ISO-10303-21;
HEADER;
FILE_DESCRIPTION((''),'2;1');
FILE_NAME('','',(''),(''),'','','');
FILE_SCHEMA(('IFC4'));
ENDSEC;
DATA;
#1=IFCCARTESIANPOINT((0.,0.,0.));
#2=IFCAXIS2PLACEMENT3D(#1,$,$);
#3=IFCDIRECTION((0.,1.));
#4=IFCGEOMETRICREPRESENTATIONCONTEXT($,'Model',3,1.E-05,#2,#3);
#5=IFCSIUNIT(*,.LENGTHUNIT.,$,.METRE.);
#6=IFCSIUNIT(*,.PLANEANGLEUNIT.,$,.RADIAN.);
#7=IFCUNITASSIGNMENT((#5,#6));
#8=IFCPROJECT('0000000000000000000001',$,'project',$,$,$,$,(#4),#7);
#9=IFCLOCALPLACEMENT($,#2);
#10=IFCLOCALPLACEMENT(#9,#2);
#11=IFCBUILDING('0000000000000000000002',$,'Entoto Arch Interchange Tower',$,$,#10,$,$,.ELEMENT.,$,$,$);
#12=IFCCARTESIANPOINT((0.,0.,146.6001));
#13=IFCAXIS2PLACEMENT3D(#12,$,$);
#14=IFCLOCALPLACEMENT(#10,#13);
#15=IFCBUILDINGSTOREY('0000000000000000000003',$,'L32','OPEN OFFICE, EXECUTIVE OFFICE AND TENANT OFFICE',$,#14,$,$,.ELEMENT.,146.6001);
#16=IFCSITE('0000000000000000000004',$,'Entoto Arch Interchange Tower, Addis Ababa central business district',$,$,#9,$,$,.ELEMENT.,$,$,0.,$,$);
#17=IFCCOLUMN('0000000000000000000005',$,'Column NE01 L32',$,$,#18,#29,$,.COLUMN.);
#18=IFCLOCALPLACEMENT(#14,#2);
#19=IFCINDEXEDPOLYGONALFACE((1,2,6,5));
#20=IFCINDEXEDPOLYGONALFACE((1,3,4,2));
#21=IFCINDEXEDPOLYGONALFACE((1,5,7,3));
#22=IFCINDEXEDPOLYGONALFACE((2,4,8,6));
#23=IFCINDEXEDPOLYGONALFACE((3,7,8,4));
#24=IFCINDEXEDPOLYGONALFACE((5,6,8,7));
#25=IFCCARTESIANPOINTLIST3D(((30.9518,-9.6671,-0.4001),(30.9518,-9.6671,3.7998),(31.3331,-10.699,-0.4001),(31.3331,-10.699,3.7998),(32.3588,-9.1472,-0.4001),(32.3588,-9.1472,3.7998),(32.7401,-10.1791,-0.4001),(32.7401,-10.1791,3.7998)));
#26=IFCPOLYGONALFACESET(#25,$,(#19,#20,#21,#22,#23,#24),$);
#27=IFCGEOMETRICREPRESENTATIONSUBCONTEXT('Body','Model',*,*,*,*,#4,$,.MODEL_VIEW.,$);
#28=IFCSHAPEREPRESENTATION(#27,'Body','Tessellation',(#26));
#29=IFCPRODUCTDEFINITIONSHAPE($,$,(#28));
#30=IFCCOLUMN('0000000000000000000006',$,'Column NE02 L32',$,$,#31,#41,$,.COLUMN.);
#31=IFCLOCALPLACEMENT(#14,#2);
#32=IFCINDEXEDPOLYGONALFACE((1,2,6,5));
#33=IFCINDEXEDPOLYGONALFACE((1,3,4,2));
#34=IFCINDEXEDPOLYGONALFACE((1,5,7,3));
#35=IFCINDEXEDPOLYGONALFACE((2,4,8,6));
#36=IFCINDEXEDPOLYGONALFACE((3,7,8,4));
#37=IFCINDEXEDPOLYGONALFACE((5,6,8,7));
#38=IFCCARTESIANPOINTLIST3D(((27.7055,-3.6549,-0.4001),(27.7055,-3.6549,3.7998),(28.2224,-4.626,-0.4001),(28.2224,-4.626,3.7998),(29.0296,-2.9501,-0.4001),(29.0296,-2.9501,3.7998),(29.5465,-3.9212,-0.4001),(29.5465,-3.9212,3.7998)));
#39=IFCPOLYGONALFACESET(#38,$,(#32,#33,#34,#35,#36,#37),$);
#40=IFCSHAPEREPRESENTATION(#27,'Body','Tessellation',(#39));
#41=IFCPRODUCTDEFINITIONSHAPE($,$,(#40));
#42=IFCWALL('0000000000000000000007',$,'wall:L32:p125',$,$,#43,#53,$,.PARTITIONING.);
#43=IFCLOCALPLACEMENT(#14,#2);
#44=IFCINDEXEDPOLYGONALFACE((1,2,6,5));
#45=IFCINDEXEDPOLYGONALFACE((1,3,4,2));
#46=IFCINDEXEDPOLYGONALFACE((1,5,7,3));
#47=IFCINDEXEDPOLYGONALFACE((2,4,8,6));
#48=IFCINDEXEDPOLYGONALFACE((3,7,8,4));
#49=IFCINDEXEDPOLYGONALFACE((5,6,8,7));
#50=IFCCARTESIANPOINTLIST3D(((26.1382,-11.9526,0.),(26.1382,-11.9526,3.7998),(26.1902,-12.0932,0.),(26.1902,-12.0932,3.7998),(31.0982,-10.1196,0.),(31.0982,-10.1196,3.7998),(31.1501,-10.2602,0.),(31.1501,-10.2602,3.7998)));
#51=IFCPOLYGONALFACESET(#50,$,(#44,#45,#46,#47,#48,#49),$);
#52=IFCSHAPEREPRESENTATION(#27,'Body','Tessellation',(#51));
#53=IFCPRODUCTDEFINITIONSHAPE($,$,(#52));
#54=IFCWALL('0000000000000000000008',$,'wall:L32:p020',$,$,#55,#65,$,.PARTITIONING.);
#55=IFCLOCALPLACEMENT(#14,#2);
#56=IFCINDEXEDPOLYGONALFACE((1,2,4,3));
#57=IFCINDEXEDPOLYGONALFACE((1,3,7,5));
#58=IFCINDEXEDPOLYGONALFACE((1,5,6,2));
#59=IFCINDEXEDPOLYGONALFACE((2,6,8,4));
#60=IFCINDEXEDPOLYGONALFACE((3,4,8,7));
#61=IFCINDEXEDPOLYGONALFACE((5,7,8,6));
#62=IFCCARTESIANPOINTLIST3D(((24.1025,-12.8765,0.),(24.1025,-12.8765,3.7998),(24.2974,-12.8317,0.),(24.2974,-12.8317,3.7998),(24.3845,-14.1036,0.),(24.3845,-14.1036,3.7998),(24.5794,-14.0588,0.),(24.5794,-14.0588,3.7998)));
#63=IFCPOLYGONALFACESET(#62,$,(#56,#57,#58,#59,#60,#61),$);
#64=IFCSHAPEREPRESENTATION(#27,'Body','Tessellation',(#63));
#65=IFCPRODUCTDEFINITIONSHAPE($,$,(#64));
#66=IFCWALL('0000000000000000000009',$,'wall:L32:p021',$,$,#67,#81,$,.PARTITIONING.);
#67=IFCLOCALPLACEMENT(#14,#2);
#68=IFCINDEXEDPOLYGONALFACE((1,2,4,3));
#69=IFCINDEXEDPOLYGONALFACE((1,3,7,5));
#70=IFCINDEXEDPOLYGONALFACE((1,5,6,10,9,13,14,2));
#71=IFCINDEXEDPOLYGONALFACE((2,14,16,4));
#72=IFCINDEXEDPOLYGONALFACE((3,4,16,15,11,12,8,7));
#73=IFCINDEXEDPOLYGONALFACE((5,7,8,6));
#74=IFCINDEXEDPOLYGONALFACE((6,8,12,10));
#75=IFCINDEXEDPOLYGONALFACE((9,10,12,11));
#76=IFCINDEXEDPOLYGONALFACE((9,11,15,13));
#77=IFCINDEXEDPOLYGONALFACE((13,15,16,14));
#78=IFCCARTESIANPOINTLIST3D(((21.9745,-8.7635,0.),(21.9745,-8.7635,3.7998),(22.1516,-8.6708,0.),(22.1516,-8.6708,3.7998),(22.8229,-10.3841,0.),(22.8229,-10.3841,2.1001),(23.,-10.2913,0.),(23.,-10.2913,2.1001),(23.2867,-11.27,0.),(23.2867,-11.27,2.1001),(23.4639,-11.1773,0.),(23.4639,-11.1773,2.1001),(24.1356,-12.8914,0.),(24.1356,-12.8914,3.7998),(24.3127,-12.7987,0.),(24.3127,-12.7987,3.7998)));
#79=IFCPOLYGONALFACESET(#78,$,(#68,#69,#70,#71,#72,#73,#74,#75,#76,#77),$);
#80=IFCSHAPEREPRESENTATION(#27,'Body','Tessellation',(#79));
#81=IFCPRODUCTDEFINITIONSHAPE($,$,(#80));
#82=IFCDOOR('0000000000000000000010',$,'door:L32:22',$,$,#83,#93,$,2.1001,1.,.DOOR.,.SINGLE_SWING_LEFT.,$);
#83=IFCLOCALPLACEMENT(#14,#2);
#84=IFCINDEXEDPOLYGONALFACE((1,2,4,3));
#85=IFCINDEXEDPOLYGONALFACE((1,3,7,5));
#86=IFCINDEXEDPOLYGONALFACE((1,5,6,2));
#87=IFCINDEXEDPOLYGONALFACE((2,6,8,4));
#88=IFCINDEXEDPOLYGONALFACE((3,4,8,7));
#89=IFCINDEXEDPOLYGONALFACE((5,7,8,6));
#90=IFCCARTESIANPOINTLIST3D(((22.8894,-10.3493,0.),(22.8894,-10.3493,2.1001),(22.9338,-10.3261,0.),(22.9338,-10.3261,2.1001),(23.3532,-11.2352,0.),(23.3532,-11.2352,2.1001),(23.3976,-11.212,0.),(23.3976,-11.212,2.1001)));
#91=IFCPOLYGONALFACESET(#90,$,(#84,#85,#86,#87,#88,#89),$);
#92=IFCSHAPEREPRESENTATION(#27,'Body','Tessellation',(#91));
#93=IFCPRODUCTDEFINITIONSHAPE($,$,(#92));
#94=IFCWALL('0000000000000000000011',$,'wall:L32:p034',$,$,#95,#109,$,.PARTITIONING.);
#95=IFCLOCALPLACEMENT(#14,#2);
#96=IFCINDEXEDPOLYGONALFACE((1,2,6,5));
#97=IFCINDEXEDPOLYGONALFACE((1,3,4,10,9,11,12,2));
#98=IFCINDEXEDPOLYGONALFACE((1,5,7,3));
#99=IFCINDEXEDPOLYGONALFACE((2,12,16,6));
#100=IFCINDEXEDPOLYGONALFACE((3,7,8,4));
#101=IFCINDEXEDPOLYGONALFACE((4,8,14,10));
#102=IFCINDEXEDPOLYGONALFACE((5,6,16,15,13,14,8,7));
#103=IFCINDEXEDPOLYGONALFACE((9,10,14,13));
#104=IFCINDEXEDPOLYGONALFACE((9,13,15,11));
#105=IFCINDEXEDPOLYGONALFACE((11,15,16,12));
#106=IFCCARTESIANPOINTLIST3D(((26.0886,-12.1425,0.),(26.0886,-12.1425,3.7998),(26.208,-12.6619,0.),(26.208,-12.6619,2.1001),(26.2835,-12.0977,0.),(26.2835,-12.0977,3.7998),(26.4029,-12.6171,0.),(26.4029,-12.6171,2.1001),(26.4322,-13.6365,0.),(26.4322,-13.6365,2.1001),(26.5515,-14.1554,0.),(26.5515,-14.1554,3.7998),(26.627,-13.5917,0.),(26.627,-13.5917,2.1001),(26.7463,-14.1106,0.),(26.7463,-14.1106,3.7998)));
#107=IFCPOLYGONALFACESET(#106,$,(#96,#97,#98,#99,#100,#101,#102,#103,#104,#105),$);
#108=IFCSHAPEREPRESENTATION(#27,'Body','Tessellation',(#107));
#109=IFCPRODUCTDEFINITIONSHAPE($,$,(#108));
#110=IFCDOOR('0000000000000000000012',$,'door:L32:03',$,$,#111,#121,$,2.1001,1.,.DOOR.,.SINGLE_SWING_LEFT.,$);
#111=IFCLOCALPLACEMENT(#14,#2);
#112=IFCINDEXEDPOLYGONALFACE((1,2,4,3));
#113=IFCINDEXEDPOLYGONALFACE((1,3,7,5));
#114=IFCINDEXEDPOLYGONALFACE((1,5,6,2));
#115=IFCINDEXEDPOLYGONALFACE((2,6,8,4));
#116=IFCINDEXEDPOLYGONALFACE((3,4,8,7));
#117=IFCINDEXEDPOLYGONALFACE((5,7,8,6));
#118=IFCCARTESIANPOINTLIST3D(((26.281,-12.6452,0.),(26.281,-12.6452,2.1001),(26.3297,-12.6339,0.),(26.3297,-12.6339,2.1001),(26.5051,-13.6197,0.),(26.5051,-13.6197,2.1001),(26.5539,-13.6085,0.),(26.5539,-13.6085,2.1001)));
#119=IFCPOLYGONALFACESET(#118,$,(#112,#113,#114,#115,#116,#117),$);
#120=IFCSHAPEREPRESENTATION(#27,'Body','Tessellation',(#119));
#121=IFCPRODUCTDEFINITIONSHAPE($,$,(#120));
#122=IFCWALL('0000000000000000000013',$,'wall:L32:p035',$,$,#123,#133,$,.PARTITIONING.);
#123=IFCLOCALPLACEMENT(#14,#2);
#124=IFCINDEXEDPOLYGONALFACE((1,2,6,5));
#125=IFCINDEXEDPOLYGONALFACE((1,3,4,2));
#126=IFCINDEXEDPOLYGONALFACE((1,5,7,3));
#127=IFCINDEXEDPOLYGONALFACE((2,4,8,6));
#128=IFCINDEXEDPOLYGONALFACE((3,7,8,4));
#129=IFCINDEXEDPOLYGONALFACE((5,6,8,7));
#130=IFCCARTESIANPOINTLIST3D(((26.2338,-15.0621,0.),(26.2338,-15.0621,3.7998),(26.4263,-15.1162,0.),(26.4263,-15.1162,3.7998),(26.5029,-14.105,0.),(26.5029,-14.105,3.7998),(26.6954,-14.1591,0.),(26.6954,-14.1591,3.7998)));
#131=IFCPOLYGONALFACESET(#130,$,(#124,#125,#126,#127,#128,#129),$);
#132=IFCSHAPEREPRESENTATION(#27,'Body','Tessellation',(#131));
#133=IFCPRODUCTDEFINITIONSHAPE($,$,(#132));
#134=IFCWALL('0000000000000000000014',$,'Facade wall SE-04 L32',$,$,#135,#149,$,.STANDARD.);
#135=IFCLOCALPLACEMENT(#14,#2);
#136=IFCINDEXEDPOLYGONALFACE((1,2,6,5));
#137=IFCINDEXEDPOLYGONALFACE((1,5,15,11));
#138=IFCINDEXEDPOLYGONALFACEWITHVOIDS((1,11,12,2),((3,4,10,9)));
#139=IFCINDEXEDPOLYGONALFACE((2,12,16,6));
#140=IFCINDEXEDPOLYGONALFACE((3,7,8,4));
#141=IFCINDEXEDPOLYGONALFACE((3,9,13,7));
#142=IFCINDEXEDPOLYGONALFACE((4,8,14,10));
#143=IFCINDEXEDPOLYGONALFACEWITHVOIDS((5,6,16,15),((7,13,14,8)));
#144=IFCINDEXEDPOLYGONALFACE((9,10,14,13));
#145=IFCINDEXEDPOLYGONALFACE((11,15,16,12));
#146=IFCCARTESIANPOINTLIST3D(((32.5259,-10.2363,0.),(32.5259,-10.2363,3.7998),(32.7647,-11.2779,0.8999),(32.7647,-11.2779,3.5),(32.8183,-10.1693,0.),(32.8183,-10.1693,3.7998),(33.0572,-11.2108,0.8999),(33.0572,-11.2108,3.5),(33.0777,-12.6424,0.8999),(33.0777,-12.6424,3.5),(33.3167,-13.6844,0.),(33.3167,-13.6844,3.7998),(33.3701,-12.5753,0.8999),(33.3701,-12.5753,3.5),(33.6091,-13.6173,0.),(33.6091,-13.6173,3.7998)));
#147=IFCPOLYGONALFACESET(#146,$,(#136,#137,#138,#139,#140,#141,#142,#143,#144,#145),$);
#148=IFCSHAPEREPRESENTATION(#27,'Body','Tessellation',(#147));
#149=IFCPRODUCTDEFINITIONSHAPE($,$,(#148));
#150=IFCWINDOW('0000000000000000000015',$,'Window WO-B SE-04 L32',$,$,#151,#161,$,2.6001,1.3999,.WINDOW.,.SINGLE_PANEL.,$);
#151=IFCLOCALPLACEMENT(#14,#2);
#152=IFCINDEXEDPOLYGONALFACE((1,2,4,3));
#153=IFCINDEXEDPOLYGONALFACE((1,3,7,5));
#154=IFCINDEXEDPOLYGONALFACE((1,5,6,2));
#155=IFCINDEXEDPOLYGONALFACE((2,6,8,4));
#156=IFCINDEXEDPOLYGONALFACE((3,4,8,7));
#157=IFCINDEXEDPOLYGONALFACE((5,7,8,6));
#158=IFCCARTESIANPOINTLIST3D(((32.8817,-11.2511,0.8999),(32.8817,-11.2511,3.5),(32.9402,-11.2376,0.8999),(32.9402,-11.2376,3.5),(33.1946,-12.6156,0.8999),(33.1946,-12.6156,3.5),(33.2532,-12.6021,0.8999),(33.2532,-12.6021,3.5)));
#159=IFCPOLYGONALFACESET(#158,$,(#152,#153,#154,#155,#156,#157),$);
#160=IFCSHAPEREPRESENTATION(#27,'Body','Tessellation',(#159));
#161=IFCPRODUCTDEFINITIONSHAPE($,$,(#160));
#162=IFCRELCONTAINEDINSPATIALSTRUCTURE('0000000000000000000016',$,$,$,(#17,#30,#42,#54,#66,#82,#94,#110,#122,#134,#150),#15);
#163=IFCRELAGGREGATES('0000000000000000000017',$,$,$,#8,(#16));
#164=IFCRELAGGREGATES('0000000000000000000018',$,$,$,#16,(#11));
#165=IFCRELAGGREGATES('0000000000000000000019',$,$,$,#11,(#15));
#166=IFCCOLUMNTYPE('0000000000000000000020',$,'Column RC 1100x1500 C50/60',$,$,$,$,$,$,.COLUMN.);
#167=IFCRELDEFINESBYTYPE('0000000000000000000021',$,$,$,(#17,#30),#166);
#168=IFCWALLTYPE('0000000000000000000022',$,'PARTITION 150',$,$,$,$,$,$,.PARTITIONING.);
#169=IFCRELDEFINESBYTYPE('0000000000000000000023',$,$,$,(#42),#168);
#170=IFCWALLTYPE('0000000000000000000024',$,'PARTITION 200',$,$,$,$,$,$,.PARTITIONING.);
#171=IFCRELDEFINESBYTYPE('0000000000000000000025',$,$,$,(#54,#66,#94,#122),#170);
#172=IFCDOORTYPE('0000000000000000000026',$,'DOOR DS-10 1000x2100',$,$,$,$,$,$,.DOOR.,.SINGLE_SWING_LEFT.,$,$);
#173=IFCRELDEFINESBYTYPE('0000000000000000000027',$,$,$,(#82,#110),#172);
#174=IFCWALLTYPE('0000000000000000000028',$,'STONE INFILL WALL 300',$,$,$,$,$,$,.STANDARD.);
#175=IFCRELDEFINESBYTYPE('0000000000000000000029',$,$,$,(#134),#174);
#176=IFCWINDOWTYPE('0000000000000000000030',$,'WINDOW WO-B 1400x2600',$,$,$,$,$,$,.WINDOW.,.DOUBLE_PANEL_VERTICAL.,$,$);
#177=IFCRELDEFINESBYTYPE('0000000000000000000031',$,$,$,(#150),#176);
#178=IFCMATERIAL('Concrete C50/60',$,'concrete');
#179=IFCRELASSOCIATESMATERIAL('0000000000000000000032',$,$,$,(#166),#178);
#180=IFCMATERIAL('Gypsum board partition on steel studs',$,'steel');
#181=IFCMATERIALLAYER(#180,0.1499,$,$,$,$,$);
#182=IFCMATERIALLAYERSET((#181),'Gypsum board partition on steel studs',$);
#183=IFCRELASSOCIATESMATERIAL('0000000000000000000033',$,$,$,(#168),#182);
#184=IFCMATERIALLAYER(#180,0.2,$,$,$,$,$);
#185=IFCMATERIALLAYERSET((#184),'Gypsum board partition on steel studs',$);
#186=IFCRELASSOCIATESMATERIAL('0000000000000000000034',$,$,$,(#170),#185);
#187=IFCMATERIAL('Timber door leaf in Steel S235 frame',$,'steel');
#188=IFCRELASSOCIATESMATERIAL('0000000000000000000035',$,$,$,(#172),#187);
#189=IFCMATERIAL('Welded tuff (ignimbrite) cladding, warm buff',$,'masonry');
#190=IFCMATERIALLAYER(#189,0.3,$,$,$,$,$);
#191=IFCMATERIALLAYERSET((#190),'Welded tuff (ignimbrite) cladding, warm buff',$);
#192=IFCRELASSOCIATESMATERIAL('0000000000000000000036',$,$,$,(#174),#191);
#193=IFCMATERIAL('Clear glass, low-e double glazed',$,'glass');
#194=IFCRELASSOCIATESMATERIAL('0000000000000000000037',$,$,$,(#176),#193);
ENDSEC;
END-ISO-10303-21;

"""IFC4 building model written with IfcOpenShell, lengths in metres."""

from ifc_helpers import new_model, si_unit, direction, frame, frame_2d, origin, origin_2d, place, context, subcontext, project, spatial, rectangle, extrude, material, layer, layer_set, material_profile, profile_set, type_object, element, fill, save


model = new_model("IFC4")

# Units and contexts
model_context = context("Model", 3, precision=1e-05, world=origin(), true_north=direction((0.0, 1.0)))
body_context = subcontext(model_context, "Body", "Model", "MODEL_VIEW")
ifc_project = project(units=[si_unit("LENGTHUNIT", "METRE"), si_unit("PLANEANGLEUNIT", "RADIAN")], contexts=[model_context])

# Site, building, storey
site_placement = place(None, origin())
site = spatial("IfcSite", under=ifc_project, at=site_placement, Name="Entoto Arch Interchange Tower, Addis Ababa central business district", CompositionType="ELEMENT", RefElevation=0.0)
building_placement = place(site_placement, origin())
building = spatial("IfcBuilding", under=site, at=building_placement, Name="Entoto Arch Interchange Tower", CompositionType="ELEMENT")
storey_placement = place(building_placement, frame((0.0, 0.0, 146.6001)))
storey = spatial("IfcBuildingStorey", under=building, at=storey_placement, Name="L32", Description="OPEN OFFICE, EXECUTIVE OFFICE AND TENANT OFFICE", CompositionType="ELEMENT", Elevation=146.6001)

# Columns
ifc_material_1 = material(Name="Concrete C50/60", Category="concrete")
ifc_material_profile = material_profile(ifc_material_1, rectangle(XDim=1.1001, YDim=1.5, at=origin_2d()))
ifc_profile_set = profile_set([ifc_material_profile], Name="Concrete C50/60")
column_type = type_object("IfcColumnType", Name="Column RC 1100x1500 C50/60", PredefinedType="COLUMN", material=ifc_profile_set)
for number, where, z_axis, x_axis, name in (
    (1, (31.8459, -9.9231, -0.4001), (0.0, 0.0, 1.0), (-0.346592, 0.938016, 0.0), "Column NE01 L32"),
    (2, (28.626, -3.7881, -0.4001), (0.0, 0.0, 1.0), (-0.469857, 0.882743, 0.0), "Column NE02 L32"),
):
    element("IfcColumn", number, at=place(storey_placement, frame(where, z_axis=z_axis, x_axis=x_axis)), inside=storey, type_object=column_type, Name=name, PredefinedType="COLUMN", context=body_context, shape_type="SweptSolid", body=[
        extrude(rectangle(XDim=1.1001, YDim=1.5, at=origin_2d()), origin(), (0.0, 0.0, 1.0), 4.2),
    ])

# Walls
ifc_material_2 = material(Name="Gypsum board partition on steel studs", Category="steel")
ifc_layer_1 = layer(ifc_material_2, 0.1499)
ifc_layer_set_1 = layer_set([ifc_layer_1], Name="Gypsum board partition on steel studs")
wall_type_1 = type_object("IfcWallType", Name="PARTITION 150", PredefinedType="PARTITIONING", material=ifc_layer_set_1)
wall_1_placement = place(storey_placement, frame((26.1641, -12.0229, 0.0), z_axis=(0.0, 0.0, 1.0), x_axis=(0.937996, 0.346647, 0.0)))
element("IfcWall", 3, at=wall_1_placement, inside=storey, type_object=wall_type_1, Name="wall:L32:p125", PredefinedType="PARTITIONING", context=body_context, shape_type="SweptSolid", body=[
    extrude(rectangle(XDim=5.2878, YDim=0.1499, at=frame_2d((2.644, 0.0))), origin(), (0.0, 0.0, 1.0), 3.7998),
])
ifc_layer_2 = layer(ifc_material_2, 0.2)
ifc_layer_set_2 = layer_set([ifc_layer_2], Name="Gypsum board partition on steel studs")
wall_type_2 = type_object("IfcWallType", Name="PARTITION 200", PredefinedType="PARTITIONING", material=ifc_layer_set_2)
wall_2_placement = place(storey_placement, frame((24.4819, -14.0811, 0.0), z_axis=(0.0, 0.0, 1.0), x_axis=(-0.223967, 0.974597, 0.0)))
element("IfcWall", 4, at=wall_2_placement, inside=storey, type_object=wall_type_2, Name="wall:L32:p020", PredefinedType="PARTITIONING", context=body_context, shape_type="SweptSolid", body=[
    extrude(rectangle(XDim=1.259, YDim=0.2, at=frame_2d((0.6294, 0.0))), origin(), (0.0, 0.0, 1.0), 3.7998),
])

# Walls, openings, doors
wall_3_placement = place(storey_placement, frame((24.2241, -12.845, 0.0), z_axis=(0.0, 0.0, 1.0), x_axis=(-0.463819, 0.88593, 0.0)))
wall_3 = element("IfcWall", 5, at=wall_3_placement, inside=storey, type_object=wall_type_2, Name="wall:L32:p021", PredefinedType="PARTITIONING", context=body_context, shape_type="SweptSolid", body=[
    extrude(rectangle(XDim=4.6594, YDim=0.2, at=frame_2d((2.3296, 0.0))), origin(), (0.0, 0.0, 1.0), 3.7998),
])
opening_1_placement = place(wall_3_placement, frame((1.8301, 0.0, 0.0)))
opening_1 = element("IfcOpeningElement", 6, at=opening_1_placement, cuts=wall_3, PredefinedType="OPENING", context=body_context, shape_type="SweptSolid", body=[
    extrude(rectangle(XDim=1.0, YDim=2.1001, at=frame_2d((0.5, 1.05))), frame((0.0, 0.1099, 0.0), z_axis=(0.0, -1.0, 0.0), x_axis=(1.0, 0.0, 0.0)), (0.0, 0.0, 1.0), 0.22),
])
ifc_material_3 = material(Name="Timber door leaf in Steel S235 frame", Category="steel")
door_type = type_object("IfcDoorType", Name="DOOR DS-10 1000x2100", OperationType="SINGLE_SWING_LEFT", PredefinedType="DOOR", material=ifc_material_3)
door_1_placement = place(opening_1_placement, origin())
door_1 = element("IfcDoor", 7, at=door_1_placement, inside=storey, type_object=door_type, Name="door:L32:22", OperationType="SINGLE_SWING_LEFT", OverallHeight=2.1001, OverallWidth=1.0, PredefinedType="DOOR", context=body_context, shape_type="SweptSolid", body=[
    extrude(rectangle(XDim=1.0, YDim=2.1001, at=frame_2d((0.5, 1.05))), frame((0.0, 0.0249, 0.0), z_axis=(0.0, -1.0, 0.0), x_axis=(1.0, 0.0, 0.0)), (0.0, 0.0, 1.0), 0.05),
])
fill(opening_1, door_1)
wall_4_placement = place(storey_placement, frame((26.186, -12.1201, 0.0), z_axis=(0.0, 0.0, 1.0), x_axis=(0.224108, -0.974564, 0.0)))
wall_4 = element("IfcWall", 8, at=wall_4_placement, inside=storey, type_object=wall_type_2, Name="wall:L32:p034", PredefinedType="PARTITIONING", context=body_context, shape_type="SweptSolid", body=[
    extrude(rectangle(XDim=2.0654, YDim=0.2, at=frame_2d((1.0327, 0.0))), origin(), (0.0, 0.0, 1.0), 3.7998),
])
opening_2_placement = place(wall_4_placement, frame((0.533, 0.0, 0.0)))
opening_2 = element("IfcOpeningElement", 9, at=opening_2_placement, cuts=wall_4, PredefinedType="OPENING", context=body_context, shape_type="SweptSolid", body=[
    extrude(rectangle(XDim=1.0, YDim=2.1001, at=frame_2d((0.5, 1.05))), frame((0.0, 0.1099, 0.0), z_axis=(0.0, -1.0, 0.0), x_axis=(1.0, 0.0, 0.0)), (0.0, 0.0, 1.0), 0.22),
])
door_2_placement = place(opening_2_placement, origin())
door_2 = element("IfcDoor", 10, at=door_2_placement, inside=storey, type_object=door_type, Name="door:L32:03", OperationType="SINGLE_SWING_LEFT", OverallHeight=2.1001, OverallWidth=1.0, PredefinedType="DOOR", context=body_context, shape_type="SweptSolid", body=[
    extrude(rectangle(XDim=1.0, YDim=2.1001, at=frame_2d((0.5, 1.05))), frame((0.0, 0.0249, 0.0), z_axis=(0.0, -1.0, 0.0), x_axis=(1.0, 0.0, 0.0)), (0.0, 0.0, 1.0), 0.05),
])
fill(opening_2, door_2)

# Wall
wall_5_placement = place(storey_placement, frame((26.5991, -14.1321, 0.0), z_axis=(0.0, 0.0, 1.0), x_axis=(-0.270632, -0.962683, 0.0)))
element("IfcWall", 11, at=wall_5_placement, inside=storey, type_object=wall_type_2, Name="wall:L32:p035", PredefinedType="PARTITIONING", context=body_context, shape_type="SweptSolid", body=[
    extrude(rectangle(XDim=0.9941, YDim=0.2, at=frame_2d((0.4971, 0.0))), origin(), (0.0, 0.0, 1.0), 3.7998),
])

# Wall, opening, window
ifc_material_4 = material(Name="Welded tuff (ignimbrite) cladding, warm buff", Category="masonry")
ifc_layer_3 = layer(ifc_material_4, 0.3)
ifc_layer_set_3 = layer_set([ifc_layer_3], Name="Welded tuff (ignimbrite) cladding, warm buff")
wall_type_3 = type_object("IfcWallType", Name="STONE INFILL WALL 300", PredefinedType="STANDARD", material=ifc_layer_set_3)
wall_6_placement = place(storey_placement, frame((33.4629, -13.6509, 0.0), z_axis=(0.0, 0.0, 1.0), x_axis=(-0.223539, 0.974695, 0.0)))
wall_6 = element("IfcWall", 12, at=wall_6_placement, inside=storey, type_object=wall_type_3, Name="Facade wall SE-04 L32", PredefinedType="STANDARD", context=body_context, shape_type="SweptSolid", body=[
    extrude(rectangle(XDim=3.5376, YDim=0.3, at=frame_2d((1.7688, 0.0))), origin(), (0.0, 0.0, 1.0), 3.7998),
])
opening_3_placement = place(wall_6_placement, frame((1.0691, 0.0, 0.8999)))
opening_3 = element("IfcOpeningElement", 13, at=opening_3_placement, cuts=wall_6, PredefinedType="OPENING", context=body_context, shape_type="SweptSolid", body=[
    extrude(rectangle(XDim=1.3999, YDim=2.6001, at=frame_2d((0.7, 1.3))), frame((0.0, 0.1602, 0.0), z_axis=(0.0, -1.0, 0.0), x_axis=(1.0, 0.0, 0.0)), (0.0, 0.0, 1.0), 0.3201),
])
ifc_material_5 = material(Name="Clear glass, low-e double glazed", Category="glass")
window_type_1 = type_object("IfcWindowType", Name="WINDOW WO-B 1400x2600", PartitioningType="DOUBLE_PANEL_VERTICAL", PredefinedType="WINDOW", material=ifc_material_5)
window_1_placement = place(opening_3_placement, origin())
window_1 = element("IfcWindow", 14, at=window_1_placement, inside=storey, type_object=window_type_1, Name="Window WO-B SE-04 L32", OverallHeight=2.6001, OverallWidth=1.3999, PartitioningType="SINGLE_PANEL", PredefinedType="WINDOW", context=body_context, shape_type="SweptSolid", body=[
    extrude(rectangle(XDim=1.3999, YDim=2.6001, at=frame_2d((0.7, 1.3))), frame((0.0, 0.03, 0.0), z_axis=(0.0, -1.0, 0.0), x_axis=(1.0, 0.0, 0.0)), (0.0, 0.0, 1.0), 0.0601),
])
fill(opening_3, window_1)

save(model, "model.ifc")
